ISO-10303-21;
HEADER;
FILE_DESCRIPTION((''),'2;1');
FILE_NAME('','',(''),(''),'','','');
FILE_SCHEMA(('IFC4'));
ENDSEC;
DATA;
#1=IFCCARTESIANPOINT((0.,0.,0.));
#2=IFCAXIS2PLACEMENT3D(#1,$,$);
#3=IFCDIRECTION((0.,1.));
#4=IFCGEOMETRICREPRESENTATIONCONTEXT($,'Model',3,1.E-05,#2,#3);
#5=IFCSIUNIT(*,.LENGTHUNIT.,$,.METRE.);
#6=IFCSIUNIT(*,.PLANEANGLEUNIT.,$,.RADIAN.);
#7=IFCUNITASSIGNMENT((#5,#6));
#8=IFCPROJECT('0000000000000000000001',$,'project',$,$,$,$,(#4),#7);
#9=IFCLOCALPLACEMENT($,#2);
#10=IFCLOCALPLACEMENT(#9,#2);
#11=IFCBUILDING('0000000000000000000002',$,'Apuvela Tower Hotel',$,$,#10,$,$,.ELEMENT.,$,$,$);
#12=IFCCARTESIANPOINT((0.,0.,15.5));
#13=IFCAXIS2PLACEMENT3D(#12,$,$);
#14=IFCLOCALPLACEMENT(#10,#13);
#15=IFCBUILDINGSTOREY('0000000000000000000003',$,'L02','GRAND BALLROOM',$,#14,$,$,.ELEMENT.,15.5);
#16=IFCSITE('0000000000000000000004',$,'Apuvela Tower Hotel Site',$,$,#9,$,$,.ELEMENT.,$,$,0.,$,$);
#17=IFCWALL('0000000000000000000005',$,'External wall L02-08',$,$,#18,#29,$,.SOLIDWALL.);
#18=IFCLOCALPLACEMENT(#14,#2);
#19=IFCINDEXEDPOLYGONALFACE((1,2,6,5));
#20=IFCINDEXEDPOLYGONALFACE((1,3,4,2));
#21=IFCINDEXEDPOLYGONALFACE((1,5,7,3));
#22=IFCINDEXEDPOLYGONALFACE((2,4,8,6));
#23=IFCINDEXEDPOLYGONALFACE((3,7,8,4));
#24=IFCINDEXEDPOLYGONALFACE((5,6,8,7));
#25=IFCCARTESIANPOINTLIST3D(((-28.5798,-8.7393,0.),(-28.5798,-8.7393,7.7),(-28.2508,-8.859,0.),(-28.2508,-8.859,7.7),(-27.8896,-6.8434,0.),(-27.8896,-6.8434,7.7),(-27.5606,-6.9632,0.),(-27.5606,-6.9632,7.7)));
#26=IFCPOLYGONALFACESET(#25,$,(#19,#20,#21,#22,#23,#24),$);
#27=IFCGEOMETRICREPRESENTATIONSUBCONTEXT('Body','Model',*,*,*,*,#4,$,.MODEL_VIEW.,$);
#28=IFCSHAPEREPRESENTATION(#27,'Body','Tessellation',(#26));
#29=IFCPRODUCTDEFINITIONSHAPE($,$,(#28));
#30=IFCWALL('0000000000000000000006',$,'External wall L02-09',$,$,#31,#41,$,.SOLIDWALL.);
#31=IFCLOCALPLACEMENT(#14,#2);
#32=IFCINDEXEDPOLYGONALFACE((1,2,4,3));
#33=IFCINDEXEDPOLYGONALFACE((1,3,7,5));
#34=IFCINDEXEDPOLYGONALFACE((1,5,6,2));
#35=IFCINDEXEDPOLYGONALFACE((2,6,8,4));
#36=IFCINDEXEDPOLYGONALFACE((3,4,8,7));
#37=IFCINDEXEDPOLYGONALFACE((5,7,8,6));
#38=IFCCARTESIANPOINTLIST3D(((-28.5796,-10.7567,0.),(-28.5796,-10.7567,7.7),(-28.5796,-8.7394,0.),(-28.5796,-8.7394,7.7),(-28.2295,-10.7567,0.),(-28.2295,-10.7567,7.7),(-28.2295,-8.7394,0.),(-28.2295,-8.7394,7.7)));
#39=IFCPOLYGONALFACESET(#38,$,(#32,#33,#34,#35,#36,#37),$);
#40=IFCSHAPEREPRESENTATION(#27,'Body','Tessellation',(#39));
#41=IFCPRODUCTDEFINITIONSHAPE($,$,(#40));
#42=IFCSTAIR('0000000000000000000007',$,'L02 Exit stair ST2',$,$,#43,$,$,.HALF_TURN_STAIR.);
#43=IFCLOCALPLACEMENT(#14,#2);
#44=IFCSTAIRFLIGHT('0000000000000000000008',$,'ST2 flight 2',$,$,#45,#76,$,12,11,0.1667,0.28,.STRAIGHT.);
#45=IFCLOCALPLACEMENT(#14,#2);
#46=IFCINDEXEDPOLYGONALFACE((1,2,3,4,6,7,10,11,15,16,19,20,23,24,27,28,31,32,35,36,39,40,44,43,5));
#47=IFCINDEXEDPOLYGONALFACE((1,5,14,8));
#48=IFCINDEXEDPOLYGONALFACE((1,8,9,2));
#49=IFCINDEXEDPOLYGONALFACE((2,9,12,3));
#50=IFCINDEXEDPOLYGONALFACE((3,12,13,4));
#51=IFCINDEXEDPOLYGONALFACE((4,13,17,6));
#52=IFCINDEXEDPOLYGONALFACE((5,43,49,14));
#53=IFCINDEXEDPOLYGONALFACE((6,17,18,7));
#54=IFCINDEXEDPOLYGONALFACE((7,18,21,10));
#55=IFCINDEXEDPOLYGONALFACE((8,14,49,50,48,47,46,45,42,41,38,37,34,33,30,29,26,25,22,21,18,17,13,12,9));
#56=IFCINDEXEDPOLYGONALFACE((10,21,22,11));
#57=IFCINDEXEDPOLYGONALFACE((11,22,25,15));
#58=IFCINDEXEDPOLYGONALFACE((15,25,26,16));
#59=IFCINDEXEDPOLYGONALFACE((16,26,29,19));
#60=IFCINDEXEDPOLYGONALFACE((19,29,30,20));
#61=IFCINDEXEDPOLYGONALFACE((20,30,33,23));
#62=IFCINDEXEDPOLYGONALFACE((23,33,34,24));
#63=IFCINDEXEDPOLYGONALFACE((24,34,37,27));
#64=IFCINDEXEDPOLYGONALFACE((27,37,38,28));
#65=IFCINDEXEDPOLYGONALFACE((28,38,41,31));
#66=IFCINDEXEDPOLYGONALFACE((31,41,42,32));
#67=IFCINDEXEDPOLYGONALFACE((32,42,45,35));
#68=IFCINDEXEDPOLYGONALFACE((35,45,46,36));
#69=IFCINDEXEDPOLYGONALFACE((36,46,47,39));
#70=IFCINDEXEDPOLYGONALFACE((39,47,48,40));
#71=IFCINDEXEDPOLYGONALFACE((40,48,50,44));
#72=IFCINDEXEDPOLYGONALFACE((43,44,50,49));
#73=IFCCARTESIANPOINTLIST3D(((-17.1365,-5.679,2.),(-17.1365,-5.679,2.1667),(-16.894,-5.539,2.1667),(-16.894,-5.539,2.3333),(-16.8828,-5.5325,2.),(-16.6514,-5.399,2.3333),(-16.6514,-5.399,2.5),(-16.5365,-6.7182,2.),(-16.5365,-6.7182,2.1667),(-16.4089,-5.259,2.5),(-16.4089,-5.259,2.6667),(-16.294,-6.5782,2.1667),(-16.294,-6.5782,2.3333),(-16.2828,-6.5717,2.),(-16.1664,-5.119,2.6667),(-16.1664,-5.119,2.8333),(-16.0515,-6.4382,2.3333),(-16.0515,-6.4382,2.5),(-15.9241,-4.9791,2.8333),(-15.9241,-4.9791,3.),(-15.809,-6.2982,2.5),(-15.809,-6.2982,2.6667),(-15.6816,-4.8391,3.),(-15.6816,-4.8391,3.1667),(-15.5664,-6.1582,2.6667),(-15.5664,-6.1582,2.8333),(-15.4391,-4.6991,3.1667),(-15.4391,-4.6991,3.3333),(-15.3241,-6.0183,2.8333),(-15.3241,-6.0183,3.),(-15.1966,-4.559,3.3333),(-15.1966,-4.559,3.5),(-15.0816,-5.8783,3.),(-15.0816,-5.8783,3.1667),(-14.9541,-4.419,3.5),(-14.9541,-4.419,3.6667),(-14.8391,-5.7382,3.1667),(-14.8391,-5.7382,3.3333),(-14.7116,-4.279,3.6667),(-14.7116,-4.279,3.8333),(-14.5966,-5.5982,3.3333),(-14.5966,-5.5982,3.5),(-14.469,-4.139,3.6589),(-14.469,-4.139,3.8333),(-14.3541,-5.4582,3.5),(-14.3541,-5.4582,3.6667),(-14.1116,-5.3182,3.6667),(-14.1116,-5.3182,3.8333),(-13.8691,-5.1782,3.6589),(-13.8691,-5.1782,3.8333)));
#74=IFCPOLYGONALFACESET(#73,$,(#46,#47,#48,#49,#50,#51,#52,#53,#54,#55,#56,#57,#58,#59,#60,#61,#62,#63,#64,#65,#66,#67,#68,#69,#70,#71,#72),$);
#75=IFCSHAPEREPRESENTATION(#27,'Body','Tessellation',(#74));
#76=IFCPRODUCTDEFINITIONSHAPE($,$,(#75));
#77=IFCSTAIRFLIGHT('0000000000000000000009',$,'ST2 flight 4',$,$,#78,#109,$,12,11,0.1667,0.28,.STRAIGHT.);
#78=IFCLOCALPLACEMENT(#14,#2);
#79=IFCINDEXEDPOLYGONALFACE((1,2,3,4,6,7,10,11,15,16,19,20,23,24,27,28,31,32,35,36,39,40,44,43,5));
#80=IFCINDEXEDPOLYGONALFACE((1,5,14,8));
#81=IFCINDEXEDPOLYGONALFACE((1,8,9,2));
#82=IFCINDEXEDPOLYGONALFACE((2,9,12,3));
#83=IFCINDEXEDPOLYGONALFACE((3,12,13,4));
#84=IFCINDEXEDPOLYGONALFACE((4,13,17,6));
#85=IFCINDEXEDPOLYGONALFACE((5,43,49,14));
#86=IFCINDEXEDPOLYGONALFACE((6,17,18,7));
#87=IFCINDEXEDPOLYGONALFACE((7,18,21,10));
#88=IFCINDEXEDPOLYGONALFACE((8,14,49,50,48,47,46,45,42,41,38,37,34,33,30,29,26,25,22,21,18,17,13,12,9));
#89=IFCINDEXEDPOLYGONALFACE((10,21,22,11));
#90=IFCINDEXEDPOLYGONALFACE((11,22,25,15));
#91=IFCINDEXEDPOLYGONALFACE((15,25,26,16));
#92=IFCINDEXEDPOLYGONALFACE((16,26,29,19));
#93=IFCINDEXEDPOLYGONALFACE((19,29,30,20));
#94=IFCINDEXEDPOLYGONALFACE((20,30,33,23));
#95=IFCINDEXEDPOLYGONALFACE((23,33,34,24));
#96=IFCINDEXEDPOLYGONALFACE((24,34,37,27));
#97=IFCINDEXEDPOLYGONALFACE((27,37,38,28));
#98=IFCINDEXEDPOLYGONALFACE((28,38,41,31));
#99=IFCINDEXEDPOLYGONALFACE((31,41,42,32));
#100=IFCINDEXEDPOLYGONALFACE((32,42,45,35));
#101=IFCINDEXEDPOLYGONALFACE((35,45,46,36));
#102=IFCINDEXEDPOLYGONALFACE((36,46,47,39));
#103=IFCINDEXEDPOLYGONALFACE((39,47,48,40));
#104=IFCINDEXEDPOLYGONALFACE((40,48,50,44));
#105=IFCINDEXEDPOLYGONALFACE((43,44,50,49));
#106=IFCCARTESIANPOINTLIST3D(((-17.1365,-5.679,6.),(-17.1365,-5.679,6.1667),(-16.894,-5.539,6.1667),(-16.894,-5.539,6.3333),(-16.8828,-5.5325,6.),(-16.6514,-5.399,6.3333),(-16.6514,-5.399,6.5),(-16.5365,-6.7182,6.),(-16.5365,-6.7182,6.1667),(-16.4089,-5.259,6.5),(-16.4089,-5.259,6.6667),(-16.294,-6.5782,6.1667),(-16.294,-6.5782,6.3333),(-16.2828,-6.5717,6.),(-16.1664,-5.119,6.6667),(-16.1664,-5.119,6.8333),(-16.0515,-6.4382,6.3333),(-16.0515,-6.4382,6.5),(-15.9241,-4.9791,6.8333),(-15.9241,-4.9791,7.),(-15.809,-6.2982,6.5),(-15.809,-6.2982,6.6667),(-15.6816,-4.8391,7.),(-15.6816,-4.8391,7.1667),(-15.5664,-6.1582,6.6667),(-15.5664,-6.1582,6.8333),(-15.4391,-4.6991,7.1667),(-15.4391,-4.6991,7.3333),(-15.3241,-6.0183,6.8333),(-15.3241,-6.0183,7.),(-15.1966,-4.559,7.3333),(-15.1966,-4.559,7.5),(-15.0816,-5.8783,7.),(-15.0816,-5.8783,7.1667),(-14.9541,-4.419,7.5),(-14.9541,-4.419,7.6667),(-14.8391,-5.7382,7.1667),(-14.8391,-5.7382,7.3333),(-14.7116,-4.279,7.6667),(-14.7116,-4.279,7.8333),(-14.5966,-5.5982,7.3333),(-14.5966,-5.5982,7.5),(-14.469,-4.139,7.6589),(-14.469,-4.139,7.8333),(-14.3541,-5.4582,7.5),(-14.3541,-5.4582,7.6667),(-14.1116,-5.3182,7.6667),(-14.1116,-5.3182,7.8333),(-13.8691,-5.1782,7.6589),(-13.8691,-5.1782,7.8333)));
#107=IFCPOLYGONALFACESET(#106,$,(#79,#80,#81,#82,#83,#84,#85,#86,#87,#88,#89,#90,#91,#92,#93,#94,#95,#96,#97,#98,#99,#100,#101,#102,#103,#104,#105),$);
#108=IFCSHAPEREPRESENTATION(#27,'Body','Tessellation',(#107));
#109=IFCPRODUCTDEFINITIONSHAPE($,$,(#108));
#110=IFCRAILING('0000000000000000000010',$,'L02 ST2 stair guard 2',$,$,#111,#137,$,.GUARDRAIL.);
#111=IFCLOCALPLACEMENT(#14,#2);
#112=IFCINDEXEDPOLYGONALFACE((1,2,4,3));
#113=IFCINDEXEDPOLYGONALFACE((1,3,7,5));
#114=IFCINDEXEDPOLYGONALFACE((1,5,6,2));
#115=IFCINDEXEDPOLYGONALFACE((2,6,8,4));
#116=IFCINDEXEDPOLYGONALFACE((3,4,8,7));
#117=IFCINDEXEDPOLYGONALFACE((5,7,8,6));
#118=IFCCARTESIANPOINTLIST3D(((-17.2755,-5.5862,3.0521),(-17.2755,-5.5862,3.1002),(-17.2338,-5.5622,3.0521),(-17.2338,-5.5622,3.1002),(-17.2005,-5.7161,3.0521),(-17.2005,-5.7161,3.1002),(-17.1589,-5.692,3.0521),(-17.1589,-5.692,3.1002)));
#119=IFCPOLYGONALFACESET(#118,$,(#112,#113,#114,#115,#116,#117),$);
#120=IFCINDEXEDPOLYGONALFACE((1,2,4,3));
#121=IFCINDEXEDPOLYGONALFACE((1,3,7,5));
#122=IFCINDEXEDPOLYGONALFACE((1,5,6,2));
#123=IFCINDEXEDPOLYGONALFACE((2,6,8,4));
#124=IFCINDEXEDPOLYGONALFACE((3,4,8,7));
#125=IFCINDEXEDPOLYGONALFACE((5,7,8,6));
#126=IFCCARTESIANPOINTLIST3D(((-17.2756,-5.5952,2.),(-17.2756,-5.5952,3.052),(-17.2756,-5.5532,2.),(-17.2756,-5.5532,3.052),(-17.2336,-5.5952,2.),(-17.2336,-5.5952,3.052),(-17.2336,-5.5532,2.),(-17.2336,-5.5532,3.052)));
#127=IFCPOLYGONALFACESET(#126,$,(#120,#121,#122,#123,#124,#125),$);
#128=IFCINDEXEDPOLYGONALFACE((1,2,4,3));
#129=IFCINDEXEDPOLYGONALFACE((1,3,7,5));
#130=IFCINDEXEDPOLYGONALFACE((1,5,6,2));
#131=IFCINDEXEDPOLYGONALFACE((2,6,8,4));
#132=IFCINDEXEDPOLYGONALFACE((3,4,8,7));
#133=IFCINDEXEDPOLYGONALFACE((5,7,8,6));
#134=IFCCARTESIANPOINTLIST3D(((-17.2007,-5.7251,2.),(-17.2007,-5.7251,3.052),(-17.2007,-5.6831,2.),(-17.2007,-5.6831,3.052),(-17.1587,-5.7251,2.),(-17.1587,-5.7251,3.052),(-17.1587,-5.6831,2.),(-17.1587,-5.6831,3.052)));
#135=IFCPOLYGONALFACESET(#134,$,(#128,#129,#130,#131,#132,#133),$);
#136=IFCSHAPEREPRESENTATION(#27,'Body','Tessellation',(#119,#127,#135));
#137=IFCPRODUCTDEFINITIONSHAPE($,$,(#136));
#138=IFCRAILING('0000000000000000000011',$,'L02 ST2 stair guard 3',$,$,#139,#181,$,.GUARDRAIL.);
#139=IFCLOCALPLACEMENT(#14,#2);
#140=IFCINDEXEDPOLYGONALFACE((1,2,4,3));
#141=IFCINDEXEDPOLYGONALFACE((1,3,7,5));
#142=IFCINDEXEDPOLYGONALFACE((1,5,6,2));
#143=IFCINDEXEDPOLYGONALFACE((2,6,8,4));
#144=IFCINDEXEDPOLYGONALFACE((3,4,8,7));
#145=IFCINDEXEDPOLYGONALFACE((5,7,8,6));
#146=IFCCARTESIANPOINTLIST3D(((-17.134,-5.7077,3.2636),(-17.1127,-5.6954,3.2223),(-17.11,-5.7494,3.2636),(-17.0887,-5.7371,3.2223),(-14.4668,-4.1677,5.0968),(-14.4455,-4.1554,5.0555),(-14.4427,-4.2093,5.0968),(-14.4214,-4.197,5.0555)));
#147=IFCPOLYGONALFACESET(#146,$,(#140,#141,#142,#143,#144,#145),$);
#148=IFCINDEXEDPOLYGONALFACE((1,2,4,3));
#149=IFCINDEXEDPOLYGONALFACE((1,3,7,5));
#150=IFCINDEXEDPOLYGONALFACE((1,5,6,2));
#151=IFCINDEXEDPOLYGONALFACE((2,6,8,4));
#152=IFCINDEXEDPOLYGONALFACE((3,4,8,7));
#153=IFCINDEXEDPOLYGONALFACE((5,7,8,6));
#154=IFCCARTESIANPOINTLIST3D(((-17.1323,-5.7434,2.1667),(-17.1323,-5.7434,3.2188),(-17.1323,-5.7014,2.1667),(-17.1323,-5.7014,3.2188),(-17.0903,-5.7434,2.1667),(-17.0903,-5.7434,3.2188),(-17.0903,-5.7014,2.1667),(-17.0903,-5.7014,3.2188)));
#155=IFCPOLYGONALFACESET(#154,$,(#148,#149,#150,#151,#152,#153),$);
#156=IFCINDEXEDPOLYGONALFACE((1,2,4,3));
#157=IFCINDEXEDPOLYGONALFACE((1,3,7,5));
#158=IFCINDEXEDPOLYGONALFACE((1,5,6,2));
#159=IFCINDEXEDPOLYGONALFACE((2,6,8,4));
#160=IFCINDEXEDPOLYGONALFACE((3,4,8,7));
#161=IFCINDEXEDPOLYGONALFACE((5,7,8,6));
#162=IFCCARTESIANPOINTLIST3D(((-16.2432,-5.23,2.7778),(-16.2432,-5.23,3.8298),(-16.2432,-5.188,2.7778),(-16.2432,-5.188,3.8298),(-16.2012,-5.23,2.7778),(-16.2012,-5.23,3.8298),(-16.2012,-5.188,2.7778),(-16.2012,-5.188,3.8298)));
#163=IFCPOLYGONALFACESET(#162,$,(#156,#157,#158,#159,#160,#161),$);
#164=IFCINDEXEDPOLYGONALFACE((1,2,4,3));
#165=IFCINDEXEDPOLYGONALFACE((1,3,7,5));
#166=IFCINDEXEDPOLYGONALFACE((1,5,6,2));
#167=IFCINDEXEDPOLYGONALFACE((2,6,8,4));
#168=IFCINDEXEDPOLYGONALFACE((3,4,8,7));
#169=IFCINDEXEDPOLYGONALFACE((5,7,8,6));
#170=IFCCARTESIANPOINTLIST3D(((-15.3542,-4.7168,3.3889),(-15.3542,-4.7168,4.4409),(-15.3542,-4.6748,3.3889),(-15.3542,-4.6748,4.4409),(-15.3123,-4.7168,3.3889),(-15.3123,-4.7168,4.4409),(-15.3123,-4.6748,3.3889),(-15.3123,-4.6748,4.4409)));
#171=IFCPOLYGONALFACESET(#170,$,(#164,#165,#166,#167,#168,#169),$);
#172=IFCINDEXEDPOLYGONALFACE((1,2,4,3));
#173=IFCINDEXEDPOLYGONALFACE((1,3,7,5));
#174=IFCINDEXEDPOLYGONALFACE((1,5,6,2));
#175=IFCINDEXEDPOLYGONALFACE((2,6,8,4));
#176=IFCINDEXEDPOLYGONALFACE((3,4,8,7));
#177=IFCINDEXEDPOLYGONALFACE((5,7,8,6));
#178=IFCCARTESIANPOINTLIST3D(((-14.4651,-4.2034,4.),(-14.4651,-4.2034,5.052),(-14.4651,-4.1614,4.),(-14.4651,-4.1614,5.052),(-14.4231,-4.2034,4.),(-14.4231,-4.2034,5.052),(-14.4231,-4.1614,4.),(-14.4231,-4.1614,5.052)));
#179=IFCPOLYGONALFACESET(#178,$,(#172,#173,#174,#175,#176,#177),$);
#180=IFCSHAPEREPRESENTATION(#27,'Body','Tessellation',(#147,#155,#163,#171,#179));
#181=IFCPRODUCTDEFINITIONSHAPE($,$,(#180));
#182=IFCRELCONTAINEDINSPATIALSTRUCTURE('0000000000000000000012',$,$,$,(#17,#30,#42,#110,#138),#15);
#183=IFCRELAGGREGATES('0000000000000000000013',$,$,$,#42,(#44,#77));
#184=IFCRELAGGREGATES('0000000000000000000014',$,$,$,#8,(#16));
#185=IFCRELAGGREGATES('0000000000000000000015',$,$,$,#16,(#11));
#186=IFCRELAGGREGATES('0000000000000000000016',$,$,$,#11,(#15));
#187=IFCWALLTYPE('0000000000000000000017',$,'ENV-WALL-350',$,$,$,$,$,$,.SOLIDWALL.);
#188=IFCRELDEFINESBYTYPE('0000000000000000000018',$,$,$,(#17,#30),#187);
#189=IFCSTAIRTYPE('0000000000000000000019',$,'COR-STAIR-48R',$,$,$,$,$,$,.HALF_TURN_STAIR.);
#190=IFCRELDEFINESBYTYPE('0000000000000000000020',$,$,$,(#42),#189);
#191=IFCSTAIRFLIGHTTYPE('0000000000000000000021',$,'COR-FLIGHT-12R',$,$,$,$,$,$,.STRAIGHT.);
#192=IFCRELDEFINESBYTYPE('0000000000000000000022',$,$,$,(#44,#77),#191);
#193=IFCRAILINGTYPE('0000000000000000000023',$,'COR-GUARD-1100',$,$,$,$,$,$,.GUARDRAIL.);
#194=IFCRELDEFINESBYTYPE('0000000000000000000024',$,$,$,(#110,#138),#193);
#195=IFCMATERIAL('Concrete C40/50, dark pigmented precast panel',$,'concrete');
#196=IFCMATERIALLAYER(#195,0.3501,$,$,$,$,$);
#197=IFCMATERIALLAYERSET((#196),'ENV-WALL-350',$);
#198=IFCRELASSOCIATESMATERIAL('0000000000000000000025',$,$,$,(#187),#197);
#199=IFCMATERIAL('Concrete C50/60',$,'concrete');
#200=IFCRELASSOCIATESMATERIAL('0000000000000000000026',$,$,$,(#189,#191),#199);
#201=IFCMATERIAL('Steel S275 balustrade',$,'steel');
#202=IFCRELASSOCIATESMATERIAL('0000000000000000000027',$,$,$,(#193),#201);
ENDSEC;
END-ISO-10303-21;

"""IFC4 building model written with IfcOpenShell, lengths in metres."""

from ifc_helpers import new_model, si_unit, direction, frame, frame_2d, origin, origin_2d, place, context, subcontext, project, spatial, polyline, rectangle, outline, extrude, material, layer, layer_set, type_object, element, aggregate, save


model = new_model("IFC4")

# Units and contexts
model_context = context("Model", 3, precision=1e-05, world=origin(), true_north=direction((0.0, 1.0)))
body_context = subcontext(model_context, "Body", "Model", "MODEL_VIEW")
ifc_project = project(units=[si_unit("LENGTHUNIT", "METRE"), si_unit("PLANEANGLEUNIT", "RADIAN")], contexts=[model_context])

# Site, building, storey
site_placement = place(None, origin())
site = spatial("IfcSite", under=ifc_project, at=site_placement, Name="Apuvela Tower Hotel Site", CompositionType="ELEMENT", RefElevation=0.0)
building_placement = place(site_placement, origin())
building = spatial("IfcBuilding", under=site, at=building_placement, Name="Apuvela Tower Hotel", CompositionType="ELEMENT")
storey_placement = place(building_placement, frame((0.0, 0.0, 15.5)))
storey = spatial("IfcBuildingStorey", under=building, at=storey_placement, Name="L02", Description="GRAND BALLROOM", CompositionType="ELEMENT", Elevation=15.5)

# Walls
ifc_material_1 = material(Name="Concrete C50/60", Category="concrete")
ifc_material_2 = material(Name="Concrete C40/50, dark pigmented precast panel", Category="concrete")
ifc_layer_1 = layer(ifc_material_2, 0.3501)
ifc_layer_set_1 = layer_set([ifc_layer_1], Name="ENV-WALL-350")
wall_type_1 = type_object("IfcWallType", Name="ENV-WALL-350", PredefinedType="SOLIDWALL", material=ifc_layer_set_1)
wall_1_placement = place(storey_placement, frame((-27.7251, -6.9033, 0.0), z_axis=(0.0, 0.0, 1.0), x_axis=(-0.342103, -0.939663, 0.0)))
element("IfcWall", 1, at=wall_1_placement, inside=storey, type_object=wall_type_1, Name="External wall L02-08", PredefinedType="SOLIDWALL", context=body_context, shape_type="SweptSolid", body=[
    extrude(rectangle(XDim=2.0176, YDim=0.3501, at=frame_2d((1.0088, 0.0))), origin(), (0.0, 0.0, 1.0), 7.7),
])
wall_2_placement = place(storey_placement, frame((-28.4045, -8.7393, 0.0), z_axis=(0.0, 0.0, 1.0), x_axis=(0.0, -1.0, 0.0)))
element("IfcWall", 2, at=wall_2_placement, inside=storey, type_object=wall_type_1, Name="External wall L02-09", PredefinedType="SOLIDWALL", context=body_context, shape_type="SweptSolid", body=[
    extrude(rectangle(XDim=2.0173, YDim=0.3501, at=frame_2d((1.0088, 0.0))), origin(), (0.0, 0.0, 1.0), 7.7),
])

# Stair, stair flights
stair_type = type_object("IfcStairType", Name="COR-STAIR-48R", PredefinedType="HALF_TURN_STAIR", material=ifc_material_1)
stair_placement = place(storey_placement, origin())
stair = element("IfcStair", 3, at=stair_placement, inside=storey, type_object=stair_type, Name="L02 Exit stair ST2", PredefinedType="HALF_TURN_STAIR")
stair_flight_type = type_object("IfcStairFlightType", Name="COR-FLIGHT-12R", PredefinedType="STRAIGHT", material=ifc_material_1)
stair_flight_1_placement = place(storey_placement, frame((-16.8364, -6.1987, 2.0), z_axis=(0.0, 0.0, 1.0), x_axis=(0.866025, 0.5, 0.0)))
stair_flight_1 = element("IfcStairFlight", 4, at=stair_flight_1_placement, type_object=stair_flight_type, Name="ST2 flight 2", NumberOfRisers=12, NumberOfTreads=11, PredefinedType="STRAIGHT", RiserHeight=0.1667, TreadLength=0.28, context=body_context, shape_type="SweptSolid", body=[
    extrude(outline(polyline([(0.0, 0.0), (0.0, 0.1667), (0.28, 0.1667), (0.28, 0.3333), (0.5601, 0.3333), (0.5601, 0.5), (0.8401, 0.5), (0.8401, 0.6667), (1.1201, 0.6667), (1.1201, 0.8333), (1.3999, 0.8333), (1.3999, 1.0), (1.6799, 1.0), (1.6799, 1.1667), (1.96, 1.1667), (1.96, 1.3333), (2.24, 1.3333), (2.24, 1.5), (2.52, 1.5), (2.52, 1.6667), (2.8, 1.6667), (2.8, 1.8333), (3.0801, 1.8333), (3.0801, 2.0), (3.0801, 1.6589), (0.293, 0.0), (0.0, 0.0)])), frame((0.0, 0.6001, 0.0), z_axis=(0.0, -1.0, 0.0), x_axis=(1.0, 0.0, 0.0)), (0.0, 0.0, 1.0), 1.2),
])
stair_flight_2_placement = place(storey_placement, frame((-16.8364, -6.1987, 6.0), z_axis=(0.0, 0.0, 1.0), x_axis=(0.866025, 0.5, 0.0)))
stair_flight_2 = element("IfcStairFlight", 5, at=stair_flight_2_placement, type_object=stair_flight_type, Name="ST2 flight 4", NumberOfRisers=12, NumberOfTreads=11, PredefinedType="STRAIGHT", RiserHeight=0.1667, TreadLength=0.28, context=body_context, shape_type="SweptSolid", body=[
    extrude(outline(polyline([(0.0, 0.0), (0.0, 0.1667), (0.28, 0.1667), (0.28, 0.3333), (0.5601, 0.3333), (0.5601, 0.5), (0.8401, 0.5), (0.8401, 0.6667), (1.1201, 0.6667), (1.1201, 0.8333), (1.3999, 0.8333), (1.3999, 1.0), (1.6799, 1.0), (1.6799, 1.1667), (1.96, 1.1667), (1.96, 1.3333), (2.24, 1.3333), (2.24, 1.5), (2.52, 1.5), (2.52, 1.6667), (2.8, 1.6667), (2.8, 1.8333), (3.0801, 1.8333), (3.0801, 2.0), (3.0801, 1.6589), (0.293, 0.0), (0.0, 0.0)])), frame((0.0, 0.6001, 0.0), z_axis=(0.0, -1.0, 0.0), x_axis=(1.0, 0.0, 0.0)), (0.0, 0.0, 1.0), 1.2),
])
aggregate(stair, [stair_flight_1, stair_flight_2])

# Railings
ifc_material_3 = material(Name="Steel S275 balustrade", Category="steel")
railing_type_1 = type_object("IfcRailingType", Name="COR-GUARD-1100", PredefinedType="GUARDRAIL", material=ifc_material_3)
railing_1_placement = place(storey_placement, frame((-17.2546, -5.5742, 2.0)))
element("IfcRailing", 6, at=railing_1_placement, inside=storey, type_object=railing_type_1, Name="L02 ST2 stair guard 2", PredefinedType="GUARDRAIL", context=body_context, shape_type="SweptSolid", body=[
    extrude(rectangle(XDim=0.0481, YDim=0.0481, at=origin_2d()), frame((0.0, 0.0, 1.0762), z_axis=(0.499816, -0.866131, 0.0), x_axis=(0.866131, 0.499816, 0.0)), (0.0, 0.0, 1.0), 0.1499),
    extrude(rectangle(XDim=0.042, YDim=0.042, at=origin_2d()), origin(), (0.0, 0.0, 1.0), 1.052),
    extrude(rectangle(XDim=0.042, YDim=0.042, at=origin_2d()), frame((0.075, -0.1299, 0.0)), (0.0, 0.0, 1.0), 1.052),
])
railing_2_placement = place(storey_placement, frame((-17.1113, -5.7224, 2.1667)))
element("IfcRailing", 7, at=railing_2_placement, inside=storey, type_object=railing_type_1, Name="L02 ST2 stair guard 3", PredefinedType="GUARDRAIL", context=body_context, shape_type="SweptSolid", body=[
    extrude(rectangle(XDim=0.0481, YDim=0.0481, at=origin_2d()), frame((0.0, 0.0, 1.0762), z_axis=(0.744159, 0.429671, 0.511478), x_axis=(-0.500027, 0.86601, 0.0)), (0.0, 0.0, 1.0), 3.5842),
    extrude(rectangle(XDim=0.042, YDim=0.042, at=origin_2d()), origin(), (0.0, 0.0, 1.0), 1.052),
    extrude(rectangle(XDim=0.042, YDim=0.042, at=origin_2d()), frame((0.8892, 0.5134, 0.6111)), (0.0, 0.0, 1.0), 1.052),
    extrude(rectangle(XDim=0.042, YDim=0.042, at=origin_2d()), frame((1.7781, 1.0266, 1.2222)), (0.0, 0.0, 1.0), 1.052),
    extrude(rectangle(XDim=0.042, YDim=0.042, at=origin_2d()), frame((2.6672, 1.54, 1.8333)), (0.0, 0.0, 1.0), 1.052),
])

save(model, "model.ifc")
